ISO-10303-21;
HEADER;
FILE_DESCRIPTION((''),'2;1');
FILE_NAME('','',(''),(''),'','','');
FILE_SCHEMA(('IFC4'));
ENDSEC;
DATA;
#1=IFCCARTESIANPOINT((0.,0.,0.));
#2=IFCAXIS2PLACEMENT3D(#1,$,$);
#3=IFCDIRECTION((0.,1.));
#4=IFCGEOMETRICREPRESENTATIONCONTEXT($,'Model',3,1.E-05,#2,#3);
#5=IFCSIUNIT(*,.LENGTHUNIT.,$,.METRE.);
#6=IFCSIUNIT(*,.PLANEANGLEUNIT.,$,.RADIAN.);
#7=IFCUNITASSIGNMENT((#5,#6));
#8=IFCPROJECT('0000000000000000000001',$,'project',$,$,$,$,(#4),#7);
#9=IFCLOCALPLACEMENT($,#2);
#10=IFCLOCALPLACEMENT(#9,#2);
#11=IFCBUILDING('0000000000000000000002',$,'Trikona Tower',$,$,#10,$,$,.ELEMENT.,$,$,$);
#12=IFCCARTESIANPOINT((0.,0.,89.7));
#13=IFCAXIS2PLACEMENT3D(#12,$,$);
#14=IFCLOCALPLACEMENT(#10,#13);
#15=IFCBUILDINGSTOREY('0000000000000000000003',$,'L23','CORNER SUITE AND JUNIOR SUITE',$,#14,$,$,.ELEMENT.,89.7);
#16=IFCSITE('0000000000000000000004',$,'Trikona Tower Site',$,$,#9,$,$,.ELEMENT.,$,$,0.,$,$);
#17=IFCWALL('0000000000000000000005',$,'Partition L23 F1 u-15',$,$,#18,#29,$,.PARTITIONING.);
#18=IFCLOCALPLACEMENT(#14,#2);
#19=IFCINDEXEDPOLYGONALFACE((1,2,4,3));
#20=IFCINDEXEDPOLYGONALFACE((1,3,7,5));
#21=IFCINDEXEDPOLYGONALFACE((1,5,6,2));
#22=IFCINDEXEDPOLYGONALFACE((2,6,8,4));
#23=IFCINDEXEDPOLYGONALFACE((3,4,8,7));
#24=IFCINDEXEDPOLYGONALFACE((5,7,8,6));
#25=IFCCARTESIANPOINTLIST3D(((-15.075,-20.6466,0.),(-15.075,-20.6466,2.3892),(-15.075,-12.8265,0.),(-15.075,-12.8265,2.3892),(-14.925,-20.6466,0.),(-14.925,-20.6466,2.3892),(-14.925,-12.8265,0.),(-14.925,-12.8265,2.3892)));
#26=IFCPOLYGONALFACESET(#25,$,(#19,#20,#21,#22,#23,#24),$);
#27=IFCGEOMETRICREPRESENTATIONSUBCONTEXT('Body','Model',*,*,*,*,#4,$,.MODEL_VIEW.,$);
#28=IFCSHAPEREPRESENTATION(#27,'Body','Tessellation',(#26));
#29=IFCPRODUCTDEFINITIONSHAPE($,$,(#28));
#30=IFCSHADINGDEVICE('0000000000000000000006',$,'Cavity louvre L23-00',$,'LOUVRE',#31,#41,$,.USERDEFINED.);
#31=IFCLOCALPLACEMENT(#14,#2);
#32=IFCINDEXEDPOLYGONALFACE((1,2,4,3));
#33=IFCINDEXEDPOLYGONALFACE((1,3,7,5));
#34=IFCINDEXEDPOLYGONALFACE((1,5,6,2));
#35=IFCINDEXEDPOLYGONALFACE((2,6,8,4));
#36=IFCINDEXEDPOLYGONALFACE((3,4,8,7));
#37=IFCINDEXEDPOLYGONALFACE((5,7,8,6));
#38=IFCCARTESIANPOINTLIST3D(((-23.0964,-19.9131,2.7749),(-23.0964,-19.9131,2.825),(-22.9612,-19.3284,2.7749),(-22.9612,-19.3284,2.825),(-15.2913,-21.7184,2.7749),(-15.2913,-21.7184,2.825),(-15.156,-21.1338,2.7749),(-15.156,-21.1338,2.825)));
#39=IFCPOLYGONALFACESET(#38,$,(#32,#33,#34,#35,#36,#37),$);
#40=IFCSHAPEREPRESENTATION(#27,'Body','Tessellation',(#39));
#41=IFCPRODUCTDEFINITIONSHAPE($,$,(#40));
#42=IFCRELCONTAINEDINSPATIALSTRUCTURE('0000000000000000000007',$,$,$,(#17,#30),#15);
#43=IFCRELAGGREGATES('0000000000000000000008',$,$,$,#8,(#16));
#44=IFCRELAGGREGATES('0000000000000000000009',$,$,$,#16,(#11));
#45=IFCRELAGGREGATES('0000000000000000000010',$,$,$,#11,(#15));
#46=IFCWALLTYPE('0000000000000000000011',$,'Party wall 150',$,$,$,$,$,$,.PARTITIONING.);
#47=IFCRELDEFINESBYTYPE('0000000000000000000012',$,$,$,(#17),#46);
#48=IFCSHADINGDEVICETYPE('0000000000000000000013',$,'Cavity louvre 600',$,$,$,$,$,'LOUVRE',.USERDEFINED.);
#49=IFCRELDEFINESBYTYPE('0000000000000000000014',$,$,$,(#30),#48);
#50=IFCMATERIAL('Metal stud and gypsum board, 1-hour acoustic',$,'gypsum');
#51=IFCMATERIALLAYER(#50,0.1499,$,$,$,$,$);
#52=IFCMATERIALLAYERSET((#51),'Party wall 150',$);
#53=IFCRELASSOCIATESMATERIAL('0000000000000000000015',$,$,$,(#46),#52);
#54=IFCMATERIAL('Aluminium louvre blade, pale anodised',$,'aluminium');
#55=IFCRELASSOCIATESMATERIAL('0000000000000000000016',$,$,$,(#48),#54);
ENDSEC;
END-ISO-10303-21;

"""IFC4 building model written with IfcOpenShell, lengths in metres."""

from ifc_helpers import new_model, si_unit, direction, frame, frame_2d, origin, origin_2d, place, context, subcontext, project, spatial, rectangle, extrude, material, layer, layer_set, type_object, element, save


model = new_model("IFC4")

# Units and contexts
model_context = context("Model", 3, precision=1e-05, world=origin(), true_north=direction((0.0, 1.0)))
body_context = subcontext(model_context, "Body", "Model", "MODEL_VIEW")
ifc_project = project(units=[si_unit("LENGTHUNIT", "METRE"), si_unit("PLANEANGLEUNIT", "RADIAN")], contexts=[model_context])

# Site, building, storey
site_placement = place(None, origin())
site = spatial("IfcSite", under=ifc_project, at=site_placement, Name="Trikona Tower Site", CompositionType="ELEMENT", RefElevation=0.0)
building_placement = place(site_placement, origin())
building = spatial("IfcBuilding", under=site, at=building_placement, Name="Trikona Tower", CompositionType="ELEMENT")
storey_placement = place(building_placement, frame((0.0, 0.0, 89.7)))
storey = spatial("IfcBuildingStorey", under=building, at=storey_placement, Name="L23", Description="CORNER SUITE AND JUNIOR SUITE", CompositionType="ELEMENT", Elevation=89.7)

# Wall
ifc_material_1 = material(Name="Metal stud and gypsum board, 1-hour acoustic", Category="gypsum")
ifc_layer_1 = layer(ifc_material_1, 0.1499)
ifc_layer_set_1 = layer_set([ifc_layer_1], Name="Party wall 150")
wall_type_1 = type_object("IfcWallType", Name="Party wall 150", PredefinedType="PARTITIONING", material=ifc_layer_set_1)
wall_1_placement = place(storey_placement, frame((-15.0, -12.8264, 0.0), z_axis=(0.0, 0.0, 1.0), x_axis=(0.0, -1.0, 0.0)))
element("IfcWall", 1, at=wall_1_placement, inside=storey, type_object=wall_type_1, Name="Partition L23 F1 u-15", PredefinedType="PARTITIONING", context=body_context, shape_type="SweptSolid", body=[
    extrude(rectangle(XDim=7.8201, YDim=0.1499, at=frame_2d((3.9102, 0.0))), origin(), (0.0, 0.0, 1.0), 2.3892),
])

# Shading device
ifc_material_2 = material(Name="Aluminium louvre blade, pale anodised", Category="aluminium")
shading_device_type = type_object("IfcShadingDeviceType", Name="Cavity louvre 600", ElementType="LOUVRE", PredefinedType="USERDEFINED", material=ifc_material_2)
shading_device_placement = place(storey_placement, frame((-19.1262, -20.5234, 2.7749), z_axis=(0.0, 0.0, 1.0), x_axis=(0.974278, -0.225351, 0.0)))
element("IfcShadingDevice", 2, at=shading_device_placement, inside=storey, type_object=shading_device_type, Name="Cavity louvre L23-00", ObjectType="LOUVRE", PredefinedType="USERDEFINED", context=body_context, shape_type="SweptSolid", body=[
    extrude(rectangle(XDim=8.0112, YDim=0.6001, at=origin_2d()), origin(), (0.0, 0.0, 1.0), 0.05),
])

save(model, "model.ifc")
